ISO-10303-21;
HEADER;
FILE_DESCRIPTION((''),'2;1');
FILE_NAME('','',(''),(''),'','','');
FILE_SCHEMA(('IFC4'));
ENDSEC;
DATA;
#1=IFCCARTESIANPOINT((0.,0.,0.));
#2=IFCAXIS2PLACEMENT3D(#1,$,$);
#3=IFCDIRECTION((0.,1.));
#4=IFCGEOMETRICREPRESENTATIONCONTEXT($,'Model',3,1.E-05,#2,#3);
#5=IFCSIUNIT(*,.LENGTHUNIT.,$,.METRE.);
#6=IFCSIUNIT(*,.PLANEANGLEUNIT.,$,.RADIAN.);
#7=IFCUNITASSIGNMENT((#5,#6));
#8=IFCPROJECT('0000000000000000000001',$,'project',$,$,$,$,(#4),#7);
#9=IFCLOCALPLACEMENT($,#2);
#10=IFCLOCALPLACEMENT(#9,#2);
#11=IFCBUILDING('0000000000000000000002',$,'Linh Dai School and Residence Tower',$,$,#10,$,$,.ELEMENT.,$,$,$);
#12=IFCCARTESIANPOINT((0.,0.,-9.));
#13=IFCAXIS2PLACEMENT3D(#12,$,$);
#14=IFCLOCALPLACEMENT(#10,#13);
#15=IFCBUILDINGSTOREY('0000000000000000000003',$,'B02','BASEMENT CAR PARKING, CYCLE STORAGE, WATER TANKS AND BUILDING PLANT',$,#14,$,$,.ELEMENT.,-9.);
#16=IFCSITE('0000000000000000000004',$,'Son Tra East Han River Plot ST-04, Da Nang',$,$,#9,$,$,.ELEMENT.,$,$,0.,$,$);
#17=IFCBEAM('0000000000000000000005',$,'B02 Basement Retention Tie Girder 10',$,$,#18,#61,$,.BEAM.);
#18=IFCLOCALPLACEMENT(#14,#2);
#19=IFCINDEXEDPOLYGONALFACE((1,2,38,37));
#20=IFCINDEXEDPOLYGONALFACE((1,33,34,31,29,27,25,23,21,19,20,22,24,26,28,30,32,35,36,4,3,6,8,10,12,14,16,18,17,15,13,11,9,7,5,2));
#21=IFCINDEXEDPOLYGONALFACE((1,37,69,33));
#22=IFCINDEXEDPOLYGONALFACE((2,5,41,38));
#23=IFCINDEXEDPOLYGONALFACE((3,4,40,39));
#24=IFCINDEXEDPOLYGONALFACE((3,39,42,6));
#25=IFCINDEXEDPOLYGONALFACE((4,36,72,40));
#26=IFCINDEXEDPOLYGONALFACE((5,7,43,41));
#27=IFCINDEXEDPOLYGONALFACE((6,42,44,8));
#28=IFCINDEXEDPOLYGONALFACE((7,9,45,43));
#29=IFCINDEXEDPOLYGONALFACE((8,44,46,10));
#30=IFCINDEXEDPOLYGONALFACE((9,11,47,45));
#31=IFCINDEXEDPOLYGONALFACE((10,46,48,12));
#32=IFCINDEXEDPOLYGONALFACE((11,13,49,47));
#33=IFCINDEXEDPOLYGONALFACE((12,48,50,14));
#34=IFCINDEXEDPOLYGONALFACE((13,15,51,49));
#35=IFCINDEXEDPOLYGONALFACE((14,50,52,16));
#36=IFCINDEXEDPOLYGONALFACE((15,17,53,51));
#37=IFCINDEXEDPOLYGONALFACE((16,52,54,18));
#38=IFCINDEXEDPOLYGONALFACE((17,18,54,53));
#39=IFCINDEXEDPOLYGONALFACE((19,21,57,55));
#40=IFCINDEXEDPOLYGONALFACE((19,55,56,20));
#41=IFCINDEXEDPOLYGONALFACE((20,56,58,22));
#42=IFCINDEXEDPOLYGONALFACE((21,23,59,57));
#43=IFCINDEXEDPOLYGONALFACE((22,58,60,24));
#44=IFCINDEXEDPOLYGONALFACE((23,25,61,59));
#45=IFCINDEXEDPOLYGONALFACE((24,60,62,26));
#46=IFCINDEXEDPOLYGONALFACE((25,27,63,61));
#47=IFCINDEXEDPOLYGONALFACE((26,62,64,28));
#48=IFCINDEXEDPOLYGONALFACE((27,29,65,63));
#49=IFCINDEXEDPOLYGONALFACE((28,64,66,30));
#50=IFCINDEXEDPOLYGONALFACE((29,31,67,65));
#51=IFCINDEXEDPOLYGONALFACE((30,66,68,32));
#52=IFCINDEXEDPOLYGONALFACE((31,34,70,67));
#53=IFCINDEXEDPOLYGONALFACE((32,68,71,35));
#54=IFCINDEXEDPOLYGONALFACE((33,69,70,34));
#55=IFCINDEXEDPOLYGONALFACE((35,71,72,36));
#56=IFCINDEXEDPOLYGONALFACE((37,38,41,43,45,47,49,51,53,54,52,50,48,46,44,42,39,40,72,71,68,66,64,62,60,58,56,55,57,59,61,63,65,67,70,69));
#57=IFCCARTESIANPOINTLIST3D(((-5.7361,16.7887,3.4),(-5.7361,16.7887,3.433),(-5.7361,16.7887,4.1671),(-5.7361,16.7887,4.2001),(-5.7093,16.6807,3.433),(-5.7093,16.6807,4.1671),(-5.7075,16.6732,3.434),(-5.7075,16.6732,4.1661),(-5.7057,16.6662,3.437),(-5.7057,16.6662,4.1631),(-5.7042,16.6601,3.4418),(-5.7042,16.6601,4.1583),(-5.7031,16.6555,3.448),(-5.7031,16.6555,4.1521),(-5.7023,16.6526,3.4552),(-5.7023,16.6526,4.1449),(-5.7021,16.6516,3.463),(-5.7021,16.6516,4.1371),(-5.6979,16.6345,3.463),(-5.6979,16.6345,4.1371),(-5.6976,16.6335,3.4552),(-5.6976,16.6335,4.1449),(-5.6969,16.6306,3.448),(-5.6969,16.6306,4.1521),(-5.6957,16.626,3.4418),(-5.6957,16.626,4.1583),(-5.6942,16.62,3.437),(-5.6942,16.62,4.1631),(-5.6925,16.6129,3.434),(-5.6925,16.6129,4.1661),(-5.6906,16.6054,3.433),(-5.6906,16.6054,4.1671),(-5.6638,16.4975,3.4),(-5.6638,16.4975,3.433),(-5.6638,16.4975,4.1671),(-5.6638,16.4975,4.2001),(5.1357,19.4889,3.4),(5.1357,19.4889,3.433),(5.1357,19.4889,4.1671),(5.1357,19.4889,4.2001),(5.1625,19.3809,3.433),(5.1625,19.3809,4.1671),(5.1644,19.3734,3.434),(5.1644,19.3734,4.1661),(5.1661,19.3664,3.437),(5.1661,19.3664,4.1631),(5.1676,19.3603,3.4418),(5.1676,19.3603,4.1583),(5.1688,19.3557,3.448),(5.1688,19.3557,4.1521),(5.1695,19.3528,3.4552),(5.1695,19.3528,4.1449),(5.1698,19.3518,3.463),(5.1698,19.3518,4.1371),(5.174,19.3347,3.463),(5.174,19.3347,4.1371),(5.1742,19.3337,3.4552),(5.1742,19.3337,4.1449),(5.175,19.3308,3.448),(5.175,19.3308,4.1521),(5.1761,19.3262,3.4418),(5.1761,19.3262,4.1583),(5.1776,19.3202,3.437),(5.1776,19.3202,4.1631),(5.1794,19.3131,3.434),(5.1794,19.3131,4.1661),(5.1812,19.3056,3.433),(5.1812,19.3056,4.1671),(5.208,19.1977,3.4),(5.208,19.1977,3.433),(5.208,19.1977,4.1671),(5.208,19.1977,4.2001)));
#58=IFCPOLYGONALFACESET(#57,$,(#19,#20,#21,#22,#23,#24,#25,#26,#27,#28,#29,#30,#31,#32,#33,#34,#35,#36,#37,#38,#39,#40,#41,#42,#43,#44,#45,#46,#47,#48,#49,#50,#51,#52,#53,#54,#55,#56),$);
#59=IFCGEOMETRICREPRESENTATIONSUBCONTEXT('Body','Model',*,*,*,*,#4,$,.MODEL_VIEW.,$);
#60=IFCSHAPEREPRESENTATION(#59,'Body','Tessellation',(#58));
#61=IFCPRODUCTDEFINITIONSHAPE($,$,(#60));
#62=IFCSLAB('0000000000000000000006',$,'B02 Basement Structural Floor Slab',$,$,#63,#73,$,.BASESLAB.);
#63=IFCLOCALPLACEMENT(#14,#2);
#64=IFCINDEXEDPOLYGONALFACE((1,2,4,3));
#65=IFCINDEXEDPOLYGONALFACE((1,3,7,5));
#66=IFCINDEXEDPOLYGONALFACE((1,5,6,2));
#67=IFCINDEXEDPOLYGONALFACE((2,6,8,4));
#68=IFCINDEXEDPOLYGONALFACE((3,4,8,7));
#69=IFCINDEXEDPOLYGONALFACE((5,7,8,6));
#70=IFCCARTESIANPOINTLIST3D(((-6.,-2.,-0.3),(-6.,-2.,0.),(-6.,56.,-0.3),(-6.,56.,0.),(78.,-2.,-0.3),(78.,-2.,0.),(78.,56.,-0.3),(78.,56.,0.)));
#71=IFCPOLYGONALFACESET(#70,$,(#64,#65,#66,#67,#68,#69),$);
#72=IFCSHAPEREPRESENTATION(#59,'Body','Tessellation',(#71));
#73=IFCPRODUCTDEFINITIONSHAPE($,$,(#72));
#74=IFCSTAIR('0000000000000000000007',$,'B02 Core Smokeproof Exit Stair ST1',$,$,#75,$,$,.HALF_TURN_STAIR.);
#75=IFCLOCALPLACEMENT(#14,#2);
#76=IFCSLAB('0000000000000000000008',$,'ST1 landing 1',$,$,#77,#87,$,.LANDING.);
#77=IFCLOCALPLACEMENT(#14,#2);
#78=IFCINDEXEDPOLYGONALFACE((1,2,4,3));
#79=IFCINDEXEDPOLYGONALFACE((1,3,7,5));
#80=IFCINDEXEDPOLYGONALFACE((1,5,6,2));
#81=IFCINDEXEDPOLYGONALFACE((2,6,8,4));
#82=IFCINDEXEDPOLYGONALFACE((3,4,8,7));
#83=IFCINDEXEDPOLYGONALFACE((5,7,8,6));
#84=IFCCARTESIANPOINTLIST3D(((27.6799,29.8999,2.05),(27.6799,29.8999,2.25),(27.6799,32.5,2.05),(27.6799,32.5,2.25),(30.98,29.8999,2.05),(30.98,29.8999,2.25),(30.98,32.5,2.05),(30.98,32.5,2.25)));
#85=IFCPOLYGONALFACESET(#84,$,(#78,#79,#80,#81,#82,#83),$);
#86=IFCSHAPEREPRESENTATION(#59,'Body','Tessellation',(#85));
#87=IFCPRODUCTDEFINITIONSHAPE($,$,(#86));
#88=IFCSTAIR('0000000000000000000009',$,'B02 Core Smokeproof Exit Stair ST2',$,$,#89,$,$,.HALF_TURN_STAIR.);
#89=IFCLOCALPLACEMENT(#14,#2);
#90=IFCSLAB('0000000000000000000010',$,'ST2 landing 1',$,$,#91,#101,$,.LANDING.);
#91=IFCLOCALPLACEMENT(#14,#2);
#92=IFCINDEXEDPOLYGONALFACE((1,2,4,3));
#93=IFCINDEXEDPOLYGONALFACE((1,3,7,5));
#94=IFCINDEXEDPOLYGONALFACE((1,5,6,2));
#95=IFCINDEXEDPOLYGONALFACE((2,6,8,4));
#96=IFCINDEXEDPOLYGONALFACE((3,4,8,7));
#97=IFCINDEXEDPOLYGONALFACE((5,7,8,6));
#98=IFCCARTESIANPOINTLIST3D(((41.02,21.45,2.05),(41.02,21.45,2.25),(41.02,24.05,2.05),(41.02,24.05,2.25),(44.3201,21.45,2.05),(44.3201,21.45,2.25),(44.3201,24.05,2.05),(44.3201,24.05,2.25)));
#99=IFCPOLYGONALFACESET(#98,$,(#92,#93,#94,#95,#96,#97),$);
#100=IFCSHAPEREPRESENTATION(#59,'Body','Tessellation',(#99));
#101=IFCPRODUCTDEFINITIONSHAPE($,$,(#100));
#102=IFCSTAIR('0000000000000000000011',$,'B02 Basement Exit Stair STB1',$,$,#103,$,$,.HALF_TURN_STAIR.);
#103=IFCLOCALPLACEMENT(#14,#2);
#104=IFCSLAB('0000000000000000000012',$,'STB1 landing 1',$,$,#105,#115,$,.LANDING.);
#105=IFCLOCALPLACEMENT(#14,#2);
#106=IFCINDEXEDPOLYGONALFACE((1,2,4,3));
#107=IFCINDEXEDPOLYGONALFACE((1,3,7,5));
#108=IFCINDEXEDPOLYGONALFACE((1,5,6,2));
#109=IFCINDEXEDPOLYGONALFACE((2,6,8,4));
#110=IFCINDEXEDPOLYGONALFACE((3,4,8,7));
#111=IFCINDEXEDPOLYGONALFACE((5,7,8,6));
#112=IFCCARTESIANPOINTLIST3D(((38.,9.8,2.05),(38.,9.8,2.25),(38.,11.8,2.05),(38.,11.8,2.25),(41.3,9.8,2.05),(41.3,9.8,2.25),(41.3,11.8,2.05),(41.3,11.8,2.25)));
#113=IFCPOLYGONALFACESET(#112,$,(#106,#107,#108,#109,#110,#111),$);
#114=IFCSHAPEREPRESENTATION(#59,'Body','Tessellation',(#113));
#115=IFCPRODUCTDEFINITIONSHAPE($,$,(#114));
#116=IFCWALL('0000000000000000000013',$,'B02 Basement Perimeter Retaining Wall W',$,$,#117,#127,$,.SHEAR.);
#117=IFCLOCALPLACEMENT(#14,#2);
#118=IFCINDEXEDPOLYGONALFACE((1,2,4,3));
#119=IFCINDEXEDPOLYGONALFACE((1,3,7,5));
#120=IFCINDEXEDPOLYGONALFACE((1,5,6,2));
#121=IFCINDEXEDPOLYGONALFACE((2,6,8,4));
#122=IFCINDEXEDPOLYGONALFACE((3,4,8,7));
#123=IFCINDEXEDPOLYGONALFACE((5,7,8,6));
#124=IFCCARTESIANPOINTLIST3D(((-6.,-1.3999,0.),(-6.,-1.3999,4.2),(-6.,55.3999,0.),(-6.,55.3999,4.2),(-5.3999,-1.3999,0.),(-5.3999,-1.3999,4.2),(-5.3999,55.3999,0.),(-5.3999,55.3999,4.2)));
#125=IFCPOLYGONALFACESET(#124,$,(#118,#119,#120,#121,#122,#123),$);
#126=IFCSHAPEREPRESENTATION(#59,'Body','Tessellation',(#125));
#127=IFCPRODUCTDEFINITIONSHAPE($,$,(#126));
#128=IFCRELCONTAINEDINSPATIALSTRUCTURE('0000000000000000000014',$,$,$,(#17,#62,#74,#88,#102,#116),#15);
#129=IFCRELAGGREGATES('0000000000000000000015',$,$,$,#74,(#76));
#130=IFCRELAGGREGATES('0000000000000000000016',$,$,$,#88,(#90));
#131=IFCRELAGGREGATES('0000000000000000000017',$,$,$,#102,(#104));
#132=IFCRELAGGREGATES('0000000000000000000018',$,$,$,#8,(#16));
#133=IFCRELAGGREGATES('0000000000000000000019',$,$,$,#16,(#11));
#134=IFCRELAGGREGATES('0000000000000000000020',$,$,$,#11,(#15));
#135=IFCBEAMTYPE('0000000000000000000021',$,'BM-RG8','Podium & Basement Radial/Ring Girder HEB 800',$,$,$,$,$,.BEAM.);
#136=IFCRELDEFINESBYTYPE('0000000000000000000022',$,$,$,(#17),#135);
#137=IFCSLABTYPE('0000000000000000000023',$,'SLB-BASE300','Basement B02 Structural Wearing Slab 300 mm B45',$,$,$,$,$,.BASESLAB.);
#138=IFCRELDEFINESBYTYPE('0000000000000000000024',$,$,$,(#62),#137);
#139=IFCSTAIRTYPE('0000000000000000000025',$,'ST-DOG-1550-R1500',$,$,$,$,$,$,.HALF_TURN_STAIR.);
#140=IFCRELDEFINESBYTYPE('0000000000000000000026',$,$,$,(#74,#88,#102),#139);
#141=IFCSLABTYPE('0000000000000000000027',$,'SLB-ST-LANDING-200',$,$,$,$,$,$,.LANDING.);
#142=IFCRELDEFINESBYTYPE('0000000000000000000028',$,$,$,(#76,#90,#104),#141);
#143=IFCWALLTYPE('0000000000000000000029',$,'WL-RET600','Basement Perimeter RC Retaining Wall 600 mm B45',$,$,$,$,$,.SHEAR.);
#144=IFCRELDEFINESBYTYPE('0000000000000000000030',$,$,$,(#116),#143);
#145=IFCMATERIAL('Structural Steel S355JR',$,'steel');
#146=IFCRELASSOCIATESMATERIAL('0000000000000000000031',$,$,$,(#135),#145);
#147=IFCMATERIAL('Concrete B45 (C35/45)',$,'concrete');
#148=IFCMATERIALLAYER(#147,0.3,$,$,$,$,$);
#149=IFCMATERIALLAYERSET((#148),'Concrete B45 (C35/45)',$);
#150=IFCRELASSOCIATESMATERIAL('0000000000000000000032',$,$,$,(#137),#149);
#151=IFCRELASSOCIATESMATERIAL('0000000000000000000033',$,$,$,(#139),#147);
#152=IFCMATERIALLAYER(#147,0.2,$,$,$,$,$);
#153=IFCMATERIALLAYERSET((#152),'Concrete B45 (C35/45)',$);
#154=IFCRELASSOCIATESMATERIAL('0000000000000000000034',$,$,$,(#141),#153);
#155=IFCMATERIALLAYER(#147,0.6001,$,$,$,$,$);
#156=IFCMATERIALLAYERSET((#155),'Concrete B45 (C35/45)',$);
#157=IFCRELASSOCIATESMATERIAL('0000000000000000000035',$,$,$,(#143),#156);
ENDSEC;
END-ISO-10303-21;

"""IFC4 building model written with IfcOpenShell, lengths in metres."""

from ifc_helpers import new_model, si_unit, direction, frame, frame_2d, origin, origin_2d, place, context, subcontext, project, spatial, polyline, rectangle, i_section, outline, extrude, material, layer, layer_set, material_profile, profile_set, type_object, element, aggregate, save


model = new_model("IFC4")

# Units and contexts
model_context = context("Model", 3, precision=1e-05, world=origin(), true_north=direction((0.0, 1.0)))
body_context = subcontext(model_context, "Body", "Model", "MODEL_VIEW")
ifc_project = project(units=[si_unit("LENGTHUNIT", "METRE"), si_unit("PLANEANGLEUNIT", "RADIAN")], contexts=[model_context])

# Site, building, storey
site_placement = place(None, origin())
site = spatial("IfcSite", under=ifc_project, at=site_placement, Name="Son Tra East Han River Plot ST-04, Da Nang", CompositionType="ELEMENT", RefElevation=0.0)
building_placement = place(site_placement, origin())
building = spatial("IfcBuilding", under=site, at=building_placement, Name="Linh Dai School and Residence Tower", CompositionType="ELEMENT")
storey_placement = place(building_placement, frame((0.0, 0.0, -9.0)))
storey = spatial("IfcBuildingStorey", under=building, at=storey_placement, Name="B02", Description="BASEMENT CAR PARKING, CYCLE STORAGE, WATER TANKS AND BUILDING PLANT", CompositionType="ELEMENT", Elevation=-9.0)

# Shared definitions
ifc_material_1 = material(Name="Concrete B45 (C35/45)", Category="concrete")

# Shared definitions
ifc_material_2 = material(Name="Structural Steel S355JR", Category="steel")

# Beam
ifc_material_profile_1 = material_profile(ifc_material_2, i_section(OverallWidth=0.3, OverallDepth=0.8, WebThickness=0.0176, FlangeThickness=0.033, FilletRadius=0.03, at=origin_2d()), Name="HEB 800")
ifc_profile_set_1 = profile_set([ifc_material_profile_1], Name="Structural Steel S355JR")
beam_type_1 = type_object("IfcBeamType", Name="BM-RG8", Description="Podium & Basement Radial/Ring Girder HEB 800", PredefinedType="BEAM", material=ifc_profile_set_1)
beam_1_placement = place(storey_placement, frame((5.1719, 19.3433, 3.8), z_axis=(-0.970514, -0.241043, 0.0), x_axis=(0.241043, -0.970514, 0.0)))
element("IfcBeam", 1, at=beam_1_placement, inside=storey, type_object=beam_type_1, Name="B02 Basement Retention Tie Girder 10", PredefinedType="BEAM", context=body_context, shape_type="SweptSolid", body=[
    extrude(i_section(OverallWidth=0.3, OverallDepth=0.8, WebThickness=0.0176, FlangeThickness=0.033, FilletRadius=0.03, at=origin_2d()), origin(), (0.0, 0.0, 1.0), 11.2021),
])

# Slab
ifc_layer_1 = layer(ifc_material_1, 0.3)
ifc_layer_set_1 = layer_set([ifc_layer_1], Name="Concrete B45 (C35/45)")
slab_type_1 = type_object("IfcSlabType", Name="SLB-BASE300", Description="Basement B02 Structural Wearing Slab 300 mm B45", PredefinedType="BASESLAB", material=ifc_layer_set_1)
slab_1_placement = place(storey_placement, frame((0.0, 0.0, -0.3)))
element("IfcSlab", 2, at=slab_1_placement, inside=storey, type_object=slab_type_1, Name="B02 Basement Structural Floor Slab", PredefinedType="BASESLAB", context=body_context, shape_type="SweptSolid", body=[
    extrude(outline(polyline([(-6.0, -2.0), (78.0, -2.0), (78.0, 56.0), (-6.0, 56.0), (-6.0, -2.0)])), origin(), (0.0, 0.0, 1.0), 0.3),
])

# Stairs, slabs
stair_type = type_object("IfcStairType", Name="ST-DOG-1550-R1500", PredefinedType="HALF_TURN_STAIR", material=ifc_material_1)
stair_1_placement = place(storey_placement, origin())
stair_1 = element("IfcStair", 3, at=stair_1_placement, inside=storey, type_object=stair_type, Name="B02 Core Smokeproof Exit Stair ST1", PredefinedType="HALF_TURN_STAIR")
ifc_layer_2 = layer(ifc_material_1, 0.2)
ifc_layer_set_2 = layer_set([ifc_layer_2], Name="Concrete B45 (C35/45)")
slab_type_2 = type_object("IfcSlabType", Name="SLB-ST-LANDING-200", PredefinedType="LANDING", material=ifc_layer_set_2)
slab_2_placement = place(storey_placement, frame((0.0, 0.0, 2.05)))
slab_2 = element("IfcSlab", 4, at=slab_2_placement, type_object=slab_type_2, Name="ST1 landing 1", PredefinedType="LANDING", context=body_context, shape_type="SweptSolid", body=[
    extrude(outline(polyline([(30.98, 29.8999), (30.98, 32.5), (27.6799, 32.5), (27.6799, 29.8999), (30.98, 29.8999)])), origin(), (0.0, 0.0, 1.0), 0.2),
])
aggregate(stair_1, [slab_2])
stair_2_placement = place(storey_placement, origin())
stair_2 = element("IfcStair", 5, at=stair_2_placement, inside=storey, type_object=stair_type, Name="B02 Core Smokeproof Exit Stair ST2", PredefinedType="HALF_TURN_STAIR")
slab_3_placement = place(storey_placement, frame((0.0, 0.0, 2.05)))
slab_3 = element("IfcSlab", 6, at=slab_3_placement, type_object=slab_type_2, Name="ST2 landing 1", PredefinedType="LANDING", context=body_context, shape_type="SweptSolid", body=[
    extrude(outline(polyline([(41.02, 24.05), (41.02, 21.45), (44.3201, 21.45), (44.3201, 24.05), (41.02, 24.05)])), origin(), (0.0, 0.0, 1.0), 0.2),
])
aggregate(stair_2, [slab_3])
stair_3_placement = place(storey_placement, origin())
stair_3 = element("IfcStair", 7, at=stair_3_placement, inside=storey, type_object=stair_type, Name="B02 Basement Exit Stair STB1", PredefinedType="HALF_TURN_STAIR")
slab_4_placement = place(storey_placement, frame((0.0, 0.0, 2.05)))
slab_4 = element("IfcSlab", 8, at=slab_4_placement, type_object=slab_type_2, Name="STB1 landing 1", PredefinedType="LANDING", context=body_context, shape_type="SweptSolid", body=[
    extrude(outline(polyline([(38.0, 11.8), (38.0, 9.8), (41.3, 9.8), (41.3, 11.8), (38.0, 11.8)])), origin(), (0.0, 0.0, 1.0), 0.2),
])
aggregate(stair_3, [slab_4])

# Wall
ifc_layer_3 = layer(ifc_material_1, 0.6001)
ifc_layer_set_3 = layer_set([ifc_layer_3], Name="Concrete B45 (C35/45)")
wall_type = type_object("IfcWallType", Name="WL-RET600", Description="Basement Perimeter RC Retaining Wall 600 mm B45", PredefinedType="SHEAR", material=ifc_layer_set_3)
wall_placement = place(storey_placement, frame((-5.7, -1.3999, 0.0), z_axis=(0.0, 0.0, 1.0), x_axis=(0.0, 1.0, 0.0)))
element("IfcWall", 9, at=wall_placement, inside=storey, type_object=wall_type, Name="B02 Basement Perimeter Retaining Wall W", PredefinedType="SHEAR", context=body_context, shape_type="SweptSolid", body=[
    extrude(rectangle(XDim=56.7998, YDim=0.6001, at=frame_2d((28.3999, 0.0))), origin(), (0.0, 0.0, 1.0), 4.2),
])

save(model, "model.ifc")
